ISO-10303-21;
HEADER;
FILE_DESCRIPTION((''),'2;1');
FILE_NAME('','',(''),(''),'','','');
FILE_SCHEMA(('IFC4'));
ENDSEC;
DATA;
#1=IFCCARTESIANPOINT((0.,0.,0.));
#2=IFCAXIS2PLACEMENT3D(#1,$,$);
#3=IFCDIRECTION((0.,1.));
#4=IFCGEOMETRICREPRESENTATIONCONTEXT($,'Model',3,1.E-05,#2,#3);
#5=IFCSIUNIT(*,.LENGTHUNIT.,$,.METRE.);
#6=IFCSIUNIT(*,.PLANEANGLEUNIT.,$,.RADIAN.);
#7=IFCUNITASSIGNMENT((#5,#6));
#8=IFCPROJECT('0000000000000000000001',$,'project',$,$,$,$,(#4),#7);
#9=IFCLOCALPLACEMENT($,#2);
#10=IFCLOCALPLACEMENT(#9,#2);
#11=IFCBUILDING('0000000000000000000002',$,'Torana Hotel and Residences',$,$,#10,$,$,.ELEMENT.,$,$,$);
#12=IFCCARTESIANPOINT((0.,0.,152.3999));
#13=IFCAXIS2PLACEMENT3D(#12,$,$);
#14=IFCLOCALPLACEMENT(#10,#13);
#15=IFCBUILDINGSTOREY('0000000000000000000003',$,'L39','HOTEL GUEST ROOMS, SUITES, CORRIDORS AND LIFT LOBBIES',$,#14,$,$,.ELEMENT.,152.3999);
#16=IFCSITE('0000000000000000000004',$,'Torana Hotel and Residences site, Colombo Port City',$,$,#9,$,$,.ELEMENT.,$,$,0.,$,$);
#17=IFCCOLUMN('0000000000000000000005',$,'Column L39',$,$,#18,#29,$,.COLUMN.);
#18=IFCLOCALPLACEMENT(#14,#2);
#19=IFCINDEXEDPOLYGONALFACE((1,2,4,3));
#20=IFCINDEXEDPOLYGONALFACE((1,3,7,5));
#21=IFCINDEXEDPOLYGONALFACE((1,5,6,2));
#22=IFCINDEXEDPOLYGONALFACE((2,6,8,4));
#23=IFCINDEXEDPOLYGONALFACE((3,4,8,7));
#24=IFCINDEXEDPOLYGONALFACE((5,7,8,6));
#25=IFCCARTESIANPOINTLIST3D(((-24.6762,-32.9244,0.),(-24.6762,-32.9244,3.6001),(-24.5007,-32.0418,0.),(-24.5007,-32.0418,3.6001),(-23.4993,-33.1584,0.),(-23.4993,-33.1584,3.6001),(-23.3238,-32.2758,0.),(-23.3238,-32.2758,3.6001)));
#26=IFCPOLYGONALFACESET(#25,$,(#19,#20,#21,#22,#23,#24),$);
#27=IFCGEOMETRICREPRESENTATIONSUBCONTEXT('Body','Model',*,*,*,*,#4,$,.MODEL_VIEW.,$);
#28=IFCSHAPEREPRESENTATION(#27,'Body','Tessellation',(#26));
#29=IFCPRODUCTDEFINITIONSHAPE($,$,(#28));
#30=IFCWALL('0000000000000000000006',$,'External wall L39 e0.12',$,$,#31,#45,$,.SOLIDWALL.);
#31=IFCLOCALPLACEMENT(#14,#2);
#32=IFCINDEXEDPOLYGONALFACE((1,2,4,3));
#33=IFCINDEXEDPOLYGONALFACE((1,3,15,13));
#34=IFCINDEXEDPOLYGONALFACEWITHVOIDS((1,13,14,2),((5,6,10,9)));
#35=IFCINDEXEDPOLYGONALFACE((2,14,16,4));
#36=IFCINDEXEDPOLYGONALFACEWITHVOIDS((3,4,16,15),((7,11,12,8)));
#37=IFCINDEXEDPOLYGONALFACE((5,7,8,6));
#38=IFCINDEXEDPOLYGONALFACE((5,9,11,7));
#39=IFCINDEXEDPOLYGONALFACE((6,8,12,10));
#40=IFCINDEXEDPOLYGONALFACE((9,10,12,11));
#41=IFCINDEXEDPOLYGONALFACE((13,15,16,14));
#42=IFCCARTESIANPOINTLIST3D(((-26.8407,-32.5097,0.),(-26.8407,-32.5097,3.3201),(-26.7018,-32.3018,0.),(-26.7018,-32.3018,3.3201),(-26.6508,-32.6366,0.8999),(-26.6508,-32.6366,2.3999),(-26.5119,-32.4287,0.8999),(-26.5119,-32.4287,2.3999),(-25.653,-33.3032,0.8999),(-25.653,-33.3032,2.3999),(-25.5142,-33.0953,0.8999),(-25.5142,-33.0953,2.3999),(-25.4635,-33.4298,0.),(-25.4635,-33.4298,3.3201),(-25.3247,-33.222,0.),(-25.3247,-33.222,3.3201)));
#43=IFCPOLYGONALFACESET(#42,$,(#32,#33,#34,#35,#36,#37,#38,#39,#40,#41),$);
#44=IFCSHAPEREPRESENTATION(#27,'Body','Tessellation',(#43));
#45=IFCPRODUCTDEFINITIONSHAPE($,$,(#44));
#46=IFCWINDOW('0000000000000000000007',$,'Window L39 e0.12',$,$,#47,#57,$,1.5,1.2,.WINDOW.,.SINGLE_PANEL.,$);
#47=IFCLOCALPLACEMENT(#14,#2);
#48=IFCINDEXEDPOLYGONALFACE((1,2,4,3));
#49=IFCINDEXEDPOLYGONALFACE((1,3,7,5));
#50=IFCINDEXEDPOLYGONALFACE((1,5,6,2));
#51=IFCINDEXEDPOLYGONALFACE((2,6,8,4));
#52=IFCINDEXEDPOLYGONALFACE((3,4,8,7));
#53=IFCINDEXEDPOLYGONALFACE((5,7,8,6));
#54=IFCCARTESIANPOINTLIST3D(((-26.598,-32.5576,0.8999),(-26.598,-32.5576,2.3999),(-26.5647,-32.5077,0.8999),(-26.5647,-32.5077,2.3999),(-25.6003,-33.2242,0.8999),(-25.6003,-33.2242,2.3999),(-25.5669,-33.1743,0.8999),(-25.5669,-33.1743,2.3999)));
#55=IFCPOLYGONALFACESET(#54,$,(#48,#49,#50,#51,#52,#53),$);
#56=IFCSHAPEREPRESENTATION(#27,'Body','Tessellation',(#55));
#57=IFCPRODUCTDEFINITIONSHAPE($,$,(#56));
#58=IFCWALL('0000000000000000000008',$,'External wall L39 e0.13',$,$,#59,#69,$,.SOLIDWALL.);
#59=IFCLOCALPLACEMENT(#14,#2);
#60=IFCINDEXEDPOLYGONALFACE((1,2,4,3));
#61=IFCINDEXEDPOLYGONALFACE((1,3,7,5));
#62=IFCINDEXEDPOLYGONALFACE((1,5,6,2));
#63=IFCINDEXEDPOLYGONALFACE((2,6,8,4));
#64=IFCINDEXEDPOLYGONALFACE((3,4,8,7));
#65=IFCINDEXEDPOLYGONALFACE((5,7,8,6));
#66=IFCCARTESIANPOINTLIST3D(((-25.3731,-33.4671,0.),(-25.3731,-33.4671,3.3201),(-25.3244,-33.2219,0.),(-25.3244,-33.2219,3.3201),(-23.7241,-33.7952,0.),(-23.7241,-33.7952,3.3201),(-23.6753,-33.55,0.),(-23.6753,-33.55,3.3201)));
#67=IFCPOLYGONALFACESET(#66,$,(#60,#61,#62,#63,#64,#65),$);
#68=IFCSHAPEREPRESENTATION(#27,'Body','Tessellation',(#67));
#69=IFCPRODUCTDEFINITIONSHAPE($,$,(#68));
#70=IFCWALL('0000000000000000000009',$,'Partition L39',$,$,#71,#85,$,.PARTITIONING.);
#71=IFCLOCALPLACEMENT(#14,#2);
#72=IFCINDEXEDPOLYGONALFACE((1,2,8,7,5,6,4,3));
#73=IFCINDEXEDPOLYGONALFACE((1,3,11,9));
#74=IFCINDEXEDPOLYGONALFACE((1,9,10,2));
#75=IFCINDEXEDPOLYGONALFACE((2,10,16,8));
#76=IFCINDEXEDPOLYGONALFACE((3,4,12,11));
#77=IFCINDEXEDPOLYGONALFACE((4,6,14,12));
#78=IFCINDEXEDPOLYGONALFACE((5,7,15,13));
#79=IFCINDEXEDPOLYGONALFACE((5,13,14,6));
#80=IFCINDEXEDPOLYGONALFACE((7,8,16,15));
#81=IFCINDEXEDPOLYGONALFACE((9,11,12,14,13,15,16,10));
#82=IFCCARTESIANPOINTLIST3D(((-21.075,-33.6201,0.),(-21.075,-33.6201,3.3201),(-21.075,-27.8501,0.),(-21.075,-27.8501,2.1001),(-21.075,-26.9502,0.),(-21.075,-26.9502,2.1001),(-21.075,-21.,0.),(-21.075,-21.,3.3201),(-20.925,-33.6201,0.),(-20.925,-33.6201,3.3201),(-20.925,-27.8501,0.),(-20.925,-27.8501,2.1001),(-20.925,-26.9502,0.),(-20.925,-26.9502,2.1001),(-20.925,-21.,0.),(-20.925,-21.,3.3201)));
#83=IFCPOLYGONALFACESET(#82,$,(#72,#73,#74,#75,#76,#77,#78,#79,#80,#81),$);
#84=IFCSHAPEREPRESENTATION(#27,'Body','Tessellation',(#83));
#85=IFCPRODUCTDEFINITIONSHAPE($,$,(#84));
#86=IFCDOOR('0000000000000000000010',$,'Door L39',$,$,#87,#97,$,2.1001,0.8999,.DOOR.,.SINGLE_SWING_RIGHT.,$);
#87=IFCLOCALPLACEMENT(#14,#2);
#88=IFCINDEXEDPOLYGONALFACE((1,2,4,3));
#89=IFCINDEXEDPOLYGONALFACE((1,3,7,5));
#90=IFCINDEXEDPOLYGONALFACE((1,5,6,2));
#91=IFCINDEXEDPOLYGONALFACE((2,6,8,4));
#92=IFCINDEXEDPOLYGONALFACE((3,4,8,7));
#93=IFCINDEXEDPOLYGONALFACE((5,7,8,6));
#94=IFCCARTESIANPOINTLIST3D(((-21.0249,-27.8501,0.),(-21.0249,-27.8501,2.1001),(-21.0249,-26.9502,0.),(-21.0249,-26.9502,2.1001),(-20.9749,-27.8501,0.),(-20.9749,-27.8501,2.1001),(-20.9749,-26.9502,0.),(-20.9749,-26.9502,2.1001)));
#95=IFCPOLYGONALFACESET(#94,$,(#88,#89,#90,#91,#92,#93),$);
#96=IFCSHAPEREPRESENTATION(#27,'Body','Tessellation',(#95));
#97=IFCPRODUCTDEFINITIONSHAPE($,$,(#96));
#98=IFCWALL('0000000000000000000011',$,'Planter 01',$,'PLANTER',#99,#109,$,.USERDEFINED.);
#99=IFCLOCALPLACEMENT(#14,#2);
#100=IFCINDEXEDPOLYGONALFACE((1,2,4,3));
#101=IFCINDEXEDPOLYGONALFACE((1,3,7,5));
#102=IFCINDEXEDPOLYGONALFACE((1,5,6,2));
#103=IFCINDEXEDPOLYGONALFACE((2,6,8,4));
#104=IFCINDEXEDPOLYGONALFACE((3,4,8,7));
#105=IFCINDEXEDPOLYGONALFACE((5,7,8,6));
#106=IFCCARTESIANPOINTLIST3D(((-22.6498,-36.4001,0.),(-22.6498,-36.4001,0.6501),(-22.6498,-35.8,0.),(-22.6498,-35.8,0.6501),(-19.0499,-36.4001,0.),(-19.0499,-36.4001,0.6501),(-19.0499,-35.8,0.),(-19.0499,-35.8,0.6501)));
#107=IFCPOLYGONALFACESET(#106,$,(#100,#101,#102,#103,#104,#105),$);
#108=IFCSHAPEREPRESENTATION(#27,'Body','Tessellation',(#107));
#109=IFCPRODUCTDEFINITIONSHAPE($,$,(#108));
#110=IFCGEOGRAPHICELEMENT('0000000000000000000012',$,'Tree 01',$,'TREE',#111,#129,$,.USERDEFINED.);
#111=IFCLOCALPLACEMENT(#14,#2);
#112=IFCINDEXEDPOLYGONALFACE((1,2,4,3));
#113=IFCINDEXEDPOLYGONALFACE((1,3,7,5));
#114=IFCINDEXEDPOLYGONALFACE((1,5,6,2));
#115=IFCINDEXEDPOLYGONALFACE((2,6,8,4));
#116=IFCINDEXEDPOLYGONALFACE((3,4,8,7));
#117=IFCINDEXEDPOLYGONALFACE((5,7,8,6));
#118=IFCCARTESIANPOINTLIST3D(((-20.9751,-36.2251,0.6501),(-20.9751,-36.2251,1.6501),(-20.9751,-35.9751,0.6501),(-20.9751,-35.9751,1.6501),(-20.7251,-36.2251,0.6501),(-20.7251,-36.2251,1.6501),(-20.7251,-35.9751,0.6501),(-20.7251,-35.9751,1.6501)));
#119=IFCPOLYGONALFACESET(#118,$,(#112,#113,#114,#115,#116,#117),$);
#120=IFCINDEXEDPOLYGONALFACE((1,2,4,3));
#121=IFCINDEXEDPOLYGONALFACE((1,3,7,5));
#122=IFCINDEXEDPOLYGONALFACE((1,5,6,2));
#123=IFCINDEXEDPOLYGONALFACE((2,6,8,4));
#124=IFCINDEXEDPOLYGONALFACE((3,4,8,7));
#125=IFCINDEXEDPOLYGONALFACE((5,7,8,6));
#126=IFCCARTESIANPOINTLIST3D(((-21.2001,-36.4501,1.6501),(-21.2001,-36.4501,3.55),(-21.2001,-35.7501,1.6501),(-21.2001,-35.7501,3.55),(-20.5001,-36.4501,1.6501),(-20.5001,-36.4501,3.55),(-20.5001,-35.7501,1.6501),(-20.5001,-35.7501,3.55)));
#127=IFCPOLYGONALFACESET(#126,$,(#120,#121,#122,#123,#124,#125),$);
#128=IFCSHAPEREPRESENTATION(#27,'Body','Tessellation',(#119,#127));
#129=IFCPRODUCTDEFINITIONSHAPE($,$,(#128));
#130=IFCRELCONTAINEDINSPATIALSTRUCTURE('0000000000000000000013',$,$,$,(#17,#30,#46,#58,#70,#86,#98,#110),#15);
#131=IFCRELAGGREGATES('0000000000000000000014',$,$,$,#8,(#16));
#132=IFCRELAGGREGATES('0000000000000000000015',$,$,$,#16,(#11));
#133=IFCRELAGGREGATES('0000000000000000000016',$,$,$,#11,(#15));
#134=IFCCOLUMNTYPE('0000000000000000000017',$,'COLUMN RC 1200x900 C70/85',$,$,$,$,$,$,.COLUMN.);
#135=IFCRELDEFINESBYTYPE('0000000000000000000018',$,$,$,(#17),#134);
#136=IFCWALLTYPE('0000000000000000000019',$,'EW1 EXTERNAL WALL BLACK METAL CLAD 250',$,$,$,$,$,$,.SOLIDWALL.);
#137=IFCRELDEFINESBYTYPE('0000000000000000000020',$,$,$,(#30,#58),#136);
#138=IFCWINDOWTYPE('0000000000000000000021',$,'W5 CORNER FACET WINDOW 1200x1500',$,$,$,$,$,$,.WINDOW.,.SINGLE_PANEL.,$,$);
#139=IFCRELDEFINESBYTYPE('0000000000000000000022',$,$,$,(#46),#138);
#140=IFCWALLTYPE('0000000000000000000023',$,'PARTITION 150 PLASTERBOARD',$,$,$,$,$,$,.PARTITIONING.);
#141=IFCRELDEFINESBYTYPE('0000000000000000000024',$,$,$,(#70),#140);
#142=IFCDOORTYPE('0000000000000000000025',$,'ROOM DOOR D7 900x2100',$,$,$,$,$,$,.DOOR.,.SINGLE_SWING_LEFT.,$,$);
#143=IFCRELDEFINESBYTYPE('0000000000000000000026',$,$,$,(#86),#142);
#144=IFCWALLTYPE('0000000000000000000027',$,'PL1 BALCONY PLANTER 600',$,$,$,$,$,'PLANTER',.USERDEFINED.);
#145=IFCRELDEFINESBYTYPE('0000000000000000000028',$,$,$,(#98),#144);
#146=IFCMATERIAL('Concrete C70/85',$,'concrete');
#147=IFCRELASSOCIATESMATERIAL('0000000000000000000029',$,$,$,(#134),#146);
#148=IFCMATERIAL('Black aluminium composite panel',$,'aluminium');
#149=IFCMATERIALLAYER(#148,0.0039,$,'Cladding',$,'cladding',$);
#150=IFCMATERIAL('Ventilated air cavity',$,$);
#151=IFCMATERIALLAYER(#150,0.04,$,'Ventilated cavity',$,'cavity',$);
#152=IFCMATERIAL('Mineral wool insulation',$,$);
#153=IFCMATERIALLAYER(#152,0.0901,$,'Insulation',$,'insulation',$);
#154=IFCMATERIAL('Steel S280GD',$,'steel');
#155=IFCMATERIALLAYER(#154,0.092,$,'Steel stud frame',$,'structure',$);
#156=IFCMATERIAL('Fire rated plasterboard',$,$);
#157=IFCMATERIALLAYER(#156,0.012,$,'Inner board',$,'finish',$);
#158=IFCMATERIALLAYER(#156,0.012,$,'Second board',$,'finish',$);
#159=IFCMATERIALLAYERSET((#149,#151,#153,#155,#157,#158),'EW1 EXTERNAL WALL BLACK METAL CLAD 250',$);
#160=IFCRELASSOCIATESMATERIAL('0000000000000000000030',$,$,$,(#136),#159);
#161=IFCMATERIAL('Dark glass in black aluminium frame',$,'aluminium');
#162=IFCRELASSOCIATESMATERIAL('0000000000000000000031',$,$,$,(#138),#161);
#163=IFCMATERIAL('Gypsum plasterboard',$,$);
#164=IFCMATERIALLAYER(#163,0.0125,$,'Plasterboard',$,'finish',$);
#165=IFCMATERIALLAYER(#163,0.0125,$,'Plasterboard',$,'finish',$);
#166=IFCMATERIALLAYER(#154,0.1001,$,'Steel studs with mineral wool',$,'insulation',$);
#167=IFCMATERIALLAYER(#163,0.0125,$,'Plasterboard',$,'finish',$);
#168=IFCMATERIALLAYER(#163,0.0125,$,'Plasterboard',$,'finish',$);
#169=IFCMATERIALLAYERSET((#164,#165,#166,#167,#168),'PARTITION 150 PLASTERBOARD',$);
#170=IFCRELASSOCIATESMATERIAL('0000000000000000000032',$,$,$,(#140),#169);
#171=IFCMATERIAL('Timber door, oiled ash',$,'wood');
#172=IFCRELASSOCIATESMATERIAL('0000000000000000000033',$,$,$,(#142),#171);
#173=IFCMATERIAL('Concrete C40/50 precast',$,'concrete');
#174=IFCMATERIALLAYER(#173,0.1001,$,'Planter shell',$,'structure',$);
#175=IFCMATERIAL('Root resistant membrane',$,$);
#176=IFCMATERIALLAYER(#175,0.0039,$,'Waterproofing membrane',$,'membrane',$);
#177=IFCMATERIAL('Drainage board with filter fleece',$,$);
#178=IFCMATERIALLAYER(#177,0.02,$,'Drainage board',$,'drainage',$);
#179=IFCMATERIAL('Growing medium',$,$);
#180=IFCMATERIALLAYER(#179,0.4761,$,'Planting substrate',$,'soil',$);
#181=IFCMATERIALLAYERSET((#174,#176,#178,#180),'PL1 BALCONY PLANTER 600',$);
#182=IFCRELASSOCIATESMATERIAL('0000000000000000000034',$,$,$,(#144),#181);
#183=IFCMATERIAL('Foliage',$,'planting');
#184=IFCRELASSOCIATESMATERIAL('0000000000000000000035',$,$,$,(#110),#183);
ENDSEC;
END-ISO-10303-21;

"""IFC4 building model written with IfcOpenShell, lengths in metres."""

from ifc_helpers import new_model, si_unit, direction, frame, frame_2d, origin, origin_2d, place, context, subcontext, project, spatial, rectangle, extrude, material, layer, layer_set, material_profile, profile_set, type_object, element, fill, save


model = new_model("IFC4")

# Units and contexts
model_context = context("Model", 3, precision=1e-05, world=origin(), true_north=direction((0.0, 1.0)))
body_context = subcontext(model_context, "Body", "Model", "MODEL_VIEW")
ifc_project = project(units=[si_unit("LENGTHUNIT", "METRE"), si_unit("PLANEANGLEUNIT", "RADIAN")], contexts=[model_context])

# Site, building, storey
site_placement = place(None, origin())
site = spatial("IfcSite", under=ifc_project, at=site_placement, Name="Torana Hotel and Residences site, Colombo Port City", CompositionType="ELEMENT", RefElevation=0.0)
building_placement = place(site_placement, origin())
building = spatial("IfcBuilding", under=site, at=building_placement, Name="Torana Hotel and Residences", CompositionType="ELEMENT")
storey_placement = place(building_placement, frame((0.0, 0.0, 152.3999)))
storey = spatial("IfcBuildingStorey", under=building, at=storey_placement, Name="L39", Description="HOTEL GUEST ROOMS, SUITES, CORRIDORS AND LIFT LOBBIES", CompositionType="ELEMENT", Elevation=152.3999)

# Column
ifc_material_1 = material(Name="Concrete C70/85", Category="concrete")
ifc_material_profile = material_profile(ifc_material_1, rectangle(XDim=1.2, YDim=0.8999, at=origin_2d()), Name="RC 1200x900")
ifc_profile_set = profile_set([ifc_material_profile], Name="Concrete C70/85")
column_type = type_object("IfcColumnType", Name="COLUMN RC 1200x900 C70/85", PredefinedType="COLUMN", material=ifc_profile_set)
column_placement = place(storey_placement, frame((-24.0, -32.6001, 0.0), z_axis=(0.0, 0.0, 1.0), x_axis=(-0.980792, 0.195056, 0.0)))
element("IfcColumn", 1, at=column_placement, inside=storey, type_object=column_type, Name="Column L39", PredefinedType="COLUMN", context=body_context, shape_type="SweptSolid", body=[
    extrude(rectangle(XDim=1.2, YDim=0.8999, at=origin_2d()), origin(), (0.0, 0.0, 1.0), 3.6001),
])

# Wall, opening, window
ifc_material_2 = material(Name="Black aluminium composite panel", Category="aluminium")
ifc_layer_1 = layer(ifc_material_2, 0.0039, Name="Cladding", Category="cladding")
ifc_material_3 = material(Name="Ventilated air cavity")
ifc_layer_2 = layer(ifc_material_3, 0.04, Name="Ventilated cavity", Category="cavity")
ifc_material_4 = material(Name="Mineral wool insulation")
ifc_layer_3 = layer(ifc_material_4, 0.0901, Name="Insulation", Category="insulation")
ifc_material_5 = material(Name="Steel S280GD", Category="steel")
ifc_layer_4 = layer(ifc_material_5, 0.092, Name="Steel stud frame", Category="structure")
ifc_material_6 = material(Name="Fire rated plasterboard")
ifc_layer_5 = layer(ifc_material_6, 0.012, Name="Inner board", Category="finish")
ifc_layer_6 = layer(ifc_material_6, 0.012, Name="Second board", Category="finish")
ifc_layer_set_1 = layer_set([ifc_layer_1, ifc_layer_2, ifc_layer_3, ifc_layer_4, ifc_layer_5, ifc_layer_6], Name="EW1 EXTERNAL WALL BLACK METAL CLAD 250")
wall_type_1 = type_object("IfcWallType", Name="EW1 EXTERNAL WALL BLACK METAL CLAD 250", PredefinedType="SOLIDWALL", material=ifc_layer_set_1)
wall_1_placement = place(storey_placement, frame((-26.7712, -32.4058, 0.0), z_axis=(0.0, 0.0, 1.0), x_axis=(0.831483, -0.55555, 0.0)))
wall_1 = element("IfcWall", 2, at=wall_1_placement, inside=storey, type_object=wall_type_1, Name="External wall L39 e0.12", PredefinedType="SOLIDWALL", context=body_context, shape_type="SweptSolid", body=[
    extrude(rectangle(XDim=1.6562, YDim=0.25, at=frame_2d((0.8281, 0.0))), origin(), (0.0, 0.0, 1.0), 3.3201),
])
opening_1_placement = place(wall_1_placement, frame((0.2283, 0.0, 0.8999)))
opening_1 = element("IfcOpeningElement", 3, at=opening_1_placement, cuts=wall_1, PredefinedType="OPENING", context=body_context, shape_type="SweptSolid", body=[
    extrude(rectangle(XDim=1.2, YDim=1.5, at=frame_2d((0.6001, 0.75))), frame((0.0, 0.135, 0.0), z_axis=(0.0, -1.0, 0.0), x_axis=(1.0, 0.0, 0.0)), (0.0, 0.0, 1.0), 0.27),
])
ifc_material_7 = material(Name="Dark glass in black aluminium frame", Category="aluminium")
window_type_1 = type_object("IfcWindowType", Name="W5 CORNER FACET WINDOW 1200x1500", PartitioningType="SINGLE_PANEL", PredefinedType="WINDOW", material=ifc_material_7)
window_1_placement = place(opening_1_placement, origin())
window_1 = element("IfcWindow", 4, at=window_1_placement, inside=storey, type_object=window_type_1, Name="Window L39 e0.12", OverallHeight=1.5, OverallWidth=1.2, PartitioningType="SINGLE_PANEL", PredefinedType="WINDOW", context=body_context, shape_type="SweptSolid", body=[
    extrude(rectangle(XDim=1.2, YDim=1.5, at=frame_2d((0.6001, 0.75))), frame((0.0, 0.03, 0.0), z_axis=(0.0, -1.0, 0.0), x_axis=(1.0, 0.0, 0.0)), (0.0, 0.0, 1.0), 0.0601),
])
fill(opening_1, window_1)

# Wall
wall_2_placement = place(storey_placement, frame((-25.3489, -33.3445, 0.0), z_axis=(0.0, 0.0, 1.0), x_axis=(0.980776, -0.195139, 0.0)))
element("IfcWall", 5, at=wall_2_placement, inside=storey, type_object=wall_type_1, Name="External wall L39 e0.13", PredefinedType="SOLIDWALL", context=body_context, shape_type="SweptSolid", body=[
    extrude(rectangle(XDim=1.6814, YDim=0.25, at=frame_2d((0.8408, 0.0))), origin(), (0.0, 0.0, 1.0), 3.3201),
])

# Wall, opening, door
ifc_material_8 = material(Name="Gypsum plasterboard")
ifc_layer_7 = layer(ifc_material_8, 0.0125, Name="Plasterboard", Category="finish")
ifc_layer_8 = layer(ifc_material_8, 0.0125, Name="Plasterboard", Category="finish")
ifc_layer_9 = layer(ifc_material_5, 0.1001, Name="Steel studs with mineral wool", Category="insulation")
ifc_layer_10 = layer(ifc_material_8, 0.0125, Name="Plasterboard", Category="finish")
ifc_layer_11 = layer(ifc_material_8, 0.0125, Name="Plasterboard", Category="finish")
ifc_layer_set_2 = layer_set([ifc_layer_7, ifc_layer_8, ifc_layer_9, ifc_layer_10, ifc_layer_11], Name="PARTITION 150 PLASTERBOARD")
wall_type_2 = type_object("IfcWallType", Name="PARTITION 150 PLASTERBOARD", PredefinedType="PARTITIONING", material=ifc_layer_set_2)
wall_3_placement = place(storey_placement, frame((-21.0, -33.6201, 0.0), z_axis=(0.0, 0.0, 1.0), x_axis=(0.0, 1.0, 0.0)))
wall_3 = element("IfcWall", 6, at=wall_3_placement, inside=storey, type_object=wall_type_2, Name="Partition L39", PredefinedType="PARTITIONING", context=body_context, shape_type="SweptSolid", body=[
    extrude(rectangle(XDim=12.6201, YDim=0.1499, at=frame_2d((6.3101, 0.0))), origin(), (0.0, 0.0, 1.0), 3.3201),
])
opening_2_placement = place(wall_3_placement, frame((5.77, 0.0, 0.0)))
opening_2 = element("IfcOpeningElement", 7, at=opening_2_placement, cuts=wall_3, PredefinedType="OPENING", context=body_context, shape_type="SweptSolid", body=[
    extrude(rectangle(XDim=0.8999, YDim=2.1001, at=frame_2d((0.45, 1.05))), frame((0.0, 0.085, 0.0), z_axis=(0.0, -1.0, 0.0), x_axis=(1.0, 0.0, 0.0)), (0.0, 0.0, 1.0), 0.1699),
])
ifc_material_9 = material(Name="Timber door, oiled ash", Category="wood")
door_type_1 = type_object("IfcDoorType", Name="ROOM DOOR D7 900x2100", OperationType="SINGLE_SWING_LEFT", PredefinedType="DOOR", material=ifc_material_9)
door_1_placement = place(opening_2_placement, origin())
door_1 = element("IfcDoor", 8, at=door_1_placement, inside=storey, type_object=door_type_1, Name="Door L39", OperationType="SINGLE_SWING_RIGHT", OverallHeight=2.1001, OverallWidth=0.8999, PredefinedType="DOOR", context=body_context, shape_type="SweptSolid", body=[
    extrude(rectangle(XDim=0.8999, YDim=2.1001, at=frame_2d((0.45, 1.05))), frame((0.0, 0.0249, 0.0), z_axis=(0.0, -1.0, 0.0), x_axis=(1.0, 0.0, 0.0)), (0.0, 0.0, 1.0), 0.05),
])
fill(opening_2, door_1)

# Wall
ifc_material_10 = material(Name="Concrete C40/50 precast", Category="concrete")
ifc_layer_12 = layer(ifc_material_10, 0.1001, Name="Planter shell", Category="structure")
ifc_material_11 = material(Name="Root resistant membrane")
ifc_layer_13 = layer(ifc_material_11, 0.0039, Name="Waterproofing membrane", Category="membrane")
ifc_material_12 = material(Name="Drainage board with filter fleece")
ifc_layer_14 = layer(ifc_material_12, 0.02, Name="Drainage board", Category="drainage")
ifc_material_13 = material(Name="Growing medium")
ifc_layer_15 = layer(ifc_material_13, 0.4761, Name="Planting substrate", Category="soil")
ifc_layer_set_3 = layer_set([ifc_layer_12, ifc_layer_13, ifc_layer_14, ifc_layer_15], Name="PL1 BALCONY PLANTER 600")
wall_type_3 = type_object("IfcWallType", Name="PL1 BALCONY PLANTER 600", ElementType="PLANTER", PredefinedType="USERDEFINED", material=ifc_layer_set_3)
wall_4_placement = place(storey_placement, frame((-19.05, -36.1001, 0.0), z_axis=(0.0, 0.0, 1.0), x_axis=(-1.0, 0.0, 0.0)))
element("IfcWall", 9, at=wall_4_placement, inside=storey, type_object=wall_type_3, Name="Planter 01", ObjectType="PLANTER", PredefinedType="USERDEFINED", context=body_context, shape_type="SweptSolid", body=[
    extrude(rectangle(XDim=3.5999, YDim=0.6001, at=frame_2d((1.7998, 0.0))), origin(), (0.0, 0.0, 1.0), 0.6501),
])

# Geographic element
ifc_material_14 = material(Name="Foliage", Category="planting")
geographic_element_placement = place(storey_placement, frame((-20.8501, -36.1001, 0.6501), z_axis=(0.0, 0.0, 1.0), x_axis=(1.0, 0.0, 0.0)))
element("IfcGeographicElement", 10, at=geographic_element_placement, inside=storey, material=ifc_material_14, Name="Tree 01", ObjectType="TREE", PredefinedType="USERDEFINED", context=body_context, shape_type="SweptSolid", body=[
    extrude(rectangle(XDim=0.25, YDim=0.25, at=origin_2d()), origin(), (0.0, 0.0, 1.0), 1.0),
    extrude(rectangle(XDim=0.7, YDim=0.7, at=origin_2d()), frame((0.0, 0.0, 1.0)), (0.0, 0.0, 1.0), 1.8999),
])

save(model, "model.ifc")
